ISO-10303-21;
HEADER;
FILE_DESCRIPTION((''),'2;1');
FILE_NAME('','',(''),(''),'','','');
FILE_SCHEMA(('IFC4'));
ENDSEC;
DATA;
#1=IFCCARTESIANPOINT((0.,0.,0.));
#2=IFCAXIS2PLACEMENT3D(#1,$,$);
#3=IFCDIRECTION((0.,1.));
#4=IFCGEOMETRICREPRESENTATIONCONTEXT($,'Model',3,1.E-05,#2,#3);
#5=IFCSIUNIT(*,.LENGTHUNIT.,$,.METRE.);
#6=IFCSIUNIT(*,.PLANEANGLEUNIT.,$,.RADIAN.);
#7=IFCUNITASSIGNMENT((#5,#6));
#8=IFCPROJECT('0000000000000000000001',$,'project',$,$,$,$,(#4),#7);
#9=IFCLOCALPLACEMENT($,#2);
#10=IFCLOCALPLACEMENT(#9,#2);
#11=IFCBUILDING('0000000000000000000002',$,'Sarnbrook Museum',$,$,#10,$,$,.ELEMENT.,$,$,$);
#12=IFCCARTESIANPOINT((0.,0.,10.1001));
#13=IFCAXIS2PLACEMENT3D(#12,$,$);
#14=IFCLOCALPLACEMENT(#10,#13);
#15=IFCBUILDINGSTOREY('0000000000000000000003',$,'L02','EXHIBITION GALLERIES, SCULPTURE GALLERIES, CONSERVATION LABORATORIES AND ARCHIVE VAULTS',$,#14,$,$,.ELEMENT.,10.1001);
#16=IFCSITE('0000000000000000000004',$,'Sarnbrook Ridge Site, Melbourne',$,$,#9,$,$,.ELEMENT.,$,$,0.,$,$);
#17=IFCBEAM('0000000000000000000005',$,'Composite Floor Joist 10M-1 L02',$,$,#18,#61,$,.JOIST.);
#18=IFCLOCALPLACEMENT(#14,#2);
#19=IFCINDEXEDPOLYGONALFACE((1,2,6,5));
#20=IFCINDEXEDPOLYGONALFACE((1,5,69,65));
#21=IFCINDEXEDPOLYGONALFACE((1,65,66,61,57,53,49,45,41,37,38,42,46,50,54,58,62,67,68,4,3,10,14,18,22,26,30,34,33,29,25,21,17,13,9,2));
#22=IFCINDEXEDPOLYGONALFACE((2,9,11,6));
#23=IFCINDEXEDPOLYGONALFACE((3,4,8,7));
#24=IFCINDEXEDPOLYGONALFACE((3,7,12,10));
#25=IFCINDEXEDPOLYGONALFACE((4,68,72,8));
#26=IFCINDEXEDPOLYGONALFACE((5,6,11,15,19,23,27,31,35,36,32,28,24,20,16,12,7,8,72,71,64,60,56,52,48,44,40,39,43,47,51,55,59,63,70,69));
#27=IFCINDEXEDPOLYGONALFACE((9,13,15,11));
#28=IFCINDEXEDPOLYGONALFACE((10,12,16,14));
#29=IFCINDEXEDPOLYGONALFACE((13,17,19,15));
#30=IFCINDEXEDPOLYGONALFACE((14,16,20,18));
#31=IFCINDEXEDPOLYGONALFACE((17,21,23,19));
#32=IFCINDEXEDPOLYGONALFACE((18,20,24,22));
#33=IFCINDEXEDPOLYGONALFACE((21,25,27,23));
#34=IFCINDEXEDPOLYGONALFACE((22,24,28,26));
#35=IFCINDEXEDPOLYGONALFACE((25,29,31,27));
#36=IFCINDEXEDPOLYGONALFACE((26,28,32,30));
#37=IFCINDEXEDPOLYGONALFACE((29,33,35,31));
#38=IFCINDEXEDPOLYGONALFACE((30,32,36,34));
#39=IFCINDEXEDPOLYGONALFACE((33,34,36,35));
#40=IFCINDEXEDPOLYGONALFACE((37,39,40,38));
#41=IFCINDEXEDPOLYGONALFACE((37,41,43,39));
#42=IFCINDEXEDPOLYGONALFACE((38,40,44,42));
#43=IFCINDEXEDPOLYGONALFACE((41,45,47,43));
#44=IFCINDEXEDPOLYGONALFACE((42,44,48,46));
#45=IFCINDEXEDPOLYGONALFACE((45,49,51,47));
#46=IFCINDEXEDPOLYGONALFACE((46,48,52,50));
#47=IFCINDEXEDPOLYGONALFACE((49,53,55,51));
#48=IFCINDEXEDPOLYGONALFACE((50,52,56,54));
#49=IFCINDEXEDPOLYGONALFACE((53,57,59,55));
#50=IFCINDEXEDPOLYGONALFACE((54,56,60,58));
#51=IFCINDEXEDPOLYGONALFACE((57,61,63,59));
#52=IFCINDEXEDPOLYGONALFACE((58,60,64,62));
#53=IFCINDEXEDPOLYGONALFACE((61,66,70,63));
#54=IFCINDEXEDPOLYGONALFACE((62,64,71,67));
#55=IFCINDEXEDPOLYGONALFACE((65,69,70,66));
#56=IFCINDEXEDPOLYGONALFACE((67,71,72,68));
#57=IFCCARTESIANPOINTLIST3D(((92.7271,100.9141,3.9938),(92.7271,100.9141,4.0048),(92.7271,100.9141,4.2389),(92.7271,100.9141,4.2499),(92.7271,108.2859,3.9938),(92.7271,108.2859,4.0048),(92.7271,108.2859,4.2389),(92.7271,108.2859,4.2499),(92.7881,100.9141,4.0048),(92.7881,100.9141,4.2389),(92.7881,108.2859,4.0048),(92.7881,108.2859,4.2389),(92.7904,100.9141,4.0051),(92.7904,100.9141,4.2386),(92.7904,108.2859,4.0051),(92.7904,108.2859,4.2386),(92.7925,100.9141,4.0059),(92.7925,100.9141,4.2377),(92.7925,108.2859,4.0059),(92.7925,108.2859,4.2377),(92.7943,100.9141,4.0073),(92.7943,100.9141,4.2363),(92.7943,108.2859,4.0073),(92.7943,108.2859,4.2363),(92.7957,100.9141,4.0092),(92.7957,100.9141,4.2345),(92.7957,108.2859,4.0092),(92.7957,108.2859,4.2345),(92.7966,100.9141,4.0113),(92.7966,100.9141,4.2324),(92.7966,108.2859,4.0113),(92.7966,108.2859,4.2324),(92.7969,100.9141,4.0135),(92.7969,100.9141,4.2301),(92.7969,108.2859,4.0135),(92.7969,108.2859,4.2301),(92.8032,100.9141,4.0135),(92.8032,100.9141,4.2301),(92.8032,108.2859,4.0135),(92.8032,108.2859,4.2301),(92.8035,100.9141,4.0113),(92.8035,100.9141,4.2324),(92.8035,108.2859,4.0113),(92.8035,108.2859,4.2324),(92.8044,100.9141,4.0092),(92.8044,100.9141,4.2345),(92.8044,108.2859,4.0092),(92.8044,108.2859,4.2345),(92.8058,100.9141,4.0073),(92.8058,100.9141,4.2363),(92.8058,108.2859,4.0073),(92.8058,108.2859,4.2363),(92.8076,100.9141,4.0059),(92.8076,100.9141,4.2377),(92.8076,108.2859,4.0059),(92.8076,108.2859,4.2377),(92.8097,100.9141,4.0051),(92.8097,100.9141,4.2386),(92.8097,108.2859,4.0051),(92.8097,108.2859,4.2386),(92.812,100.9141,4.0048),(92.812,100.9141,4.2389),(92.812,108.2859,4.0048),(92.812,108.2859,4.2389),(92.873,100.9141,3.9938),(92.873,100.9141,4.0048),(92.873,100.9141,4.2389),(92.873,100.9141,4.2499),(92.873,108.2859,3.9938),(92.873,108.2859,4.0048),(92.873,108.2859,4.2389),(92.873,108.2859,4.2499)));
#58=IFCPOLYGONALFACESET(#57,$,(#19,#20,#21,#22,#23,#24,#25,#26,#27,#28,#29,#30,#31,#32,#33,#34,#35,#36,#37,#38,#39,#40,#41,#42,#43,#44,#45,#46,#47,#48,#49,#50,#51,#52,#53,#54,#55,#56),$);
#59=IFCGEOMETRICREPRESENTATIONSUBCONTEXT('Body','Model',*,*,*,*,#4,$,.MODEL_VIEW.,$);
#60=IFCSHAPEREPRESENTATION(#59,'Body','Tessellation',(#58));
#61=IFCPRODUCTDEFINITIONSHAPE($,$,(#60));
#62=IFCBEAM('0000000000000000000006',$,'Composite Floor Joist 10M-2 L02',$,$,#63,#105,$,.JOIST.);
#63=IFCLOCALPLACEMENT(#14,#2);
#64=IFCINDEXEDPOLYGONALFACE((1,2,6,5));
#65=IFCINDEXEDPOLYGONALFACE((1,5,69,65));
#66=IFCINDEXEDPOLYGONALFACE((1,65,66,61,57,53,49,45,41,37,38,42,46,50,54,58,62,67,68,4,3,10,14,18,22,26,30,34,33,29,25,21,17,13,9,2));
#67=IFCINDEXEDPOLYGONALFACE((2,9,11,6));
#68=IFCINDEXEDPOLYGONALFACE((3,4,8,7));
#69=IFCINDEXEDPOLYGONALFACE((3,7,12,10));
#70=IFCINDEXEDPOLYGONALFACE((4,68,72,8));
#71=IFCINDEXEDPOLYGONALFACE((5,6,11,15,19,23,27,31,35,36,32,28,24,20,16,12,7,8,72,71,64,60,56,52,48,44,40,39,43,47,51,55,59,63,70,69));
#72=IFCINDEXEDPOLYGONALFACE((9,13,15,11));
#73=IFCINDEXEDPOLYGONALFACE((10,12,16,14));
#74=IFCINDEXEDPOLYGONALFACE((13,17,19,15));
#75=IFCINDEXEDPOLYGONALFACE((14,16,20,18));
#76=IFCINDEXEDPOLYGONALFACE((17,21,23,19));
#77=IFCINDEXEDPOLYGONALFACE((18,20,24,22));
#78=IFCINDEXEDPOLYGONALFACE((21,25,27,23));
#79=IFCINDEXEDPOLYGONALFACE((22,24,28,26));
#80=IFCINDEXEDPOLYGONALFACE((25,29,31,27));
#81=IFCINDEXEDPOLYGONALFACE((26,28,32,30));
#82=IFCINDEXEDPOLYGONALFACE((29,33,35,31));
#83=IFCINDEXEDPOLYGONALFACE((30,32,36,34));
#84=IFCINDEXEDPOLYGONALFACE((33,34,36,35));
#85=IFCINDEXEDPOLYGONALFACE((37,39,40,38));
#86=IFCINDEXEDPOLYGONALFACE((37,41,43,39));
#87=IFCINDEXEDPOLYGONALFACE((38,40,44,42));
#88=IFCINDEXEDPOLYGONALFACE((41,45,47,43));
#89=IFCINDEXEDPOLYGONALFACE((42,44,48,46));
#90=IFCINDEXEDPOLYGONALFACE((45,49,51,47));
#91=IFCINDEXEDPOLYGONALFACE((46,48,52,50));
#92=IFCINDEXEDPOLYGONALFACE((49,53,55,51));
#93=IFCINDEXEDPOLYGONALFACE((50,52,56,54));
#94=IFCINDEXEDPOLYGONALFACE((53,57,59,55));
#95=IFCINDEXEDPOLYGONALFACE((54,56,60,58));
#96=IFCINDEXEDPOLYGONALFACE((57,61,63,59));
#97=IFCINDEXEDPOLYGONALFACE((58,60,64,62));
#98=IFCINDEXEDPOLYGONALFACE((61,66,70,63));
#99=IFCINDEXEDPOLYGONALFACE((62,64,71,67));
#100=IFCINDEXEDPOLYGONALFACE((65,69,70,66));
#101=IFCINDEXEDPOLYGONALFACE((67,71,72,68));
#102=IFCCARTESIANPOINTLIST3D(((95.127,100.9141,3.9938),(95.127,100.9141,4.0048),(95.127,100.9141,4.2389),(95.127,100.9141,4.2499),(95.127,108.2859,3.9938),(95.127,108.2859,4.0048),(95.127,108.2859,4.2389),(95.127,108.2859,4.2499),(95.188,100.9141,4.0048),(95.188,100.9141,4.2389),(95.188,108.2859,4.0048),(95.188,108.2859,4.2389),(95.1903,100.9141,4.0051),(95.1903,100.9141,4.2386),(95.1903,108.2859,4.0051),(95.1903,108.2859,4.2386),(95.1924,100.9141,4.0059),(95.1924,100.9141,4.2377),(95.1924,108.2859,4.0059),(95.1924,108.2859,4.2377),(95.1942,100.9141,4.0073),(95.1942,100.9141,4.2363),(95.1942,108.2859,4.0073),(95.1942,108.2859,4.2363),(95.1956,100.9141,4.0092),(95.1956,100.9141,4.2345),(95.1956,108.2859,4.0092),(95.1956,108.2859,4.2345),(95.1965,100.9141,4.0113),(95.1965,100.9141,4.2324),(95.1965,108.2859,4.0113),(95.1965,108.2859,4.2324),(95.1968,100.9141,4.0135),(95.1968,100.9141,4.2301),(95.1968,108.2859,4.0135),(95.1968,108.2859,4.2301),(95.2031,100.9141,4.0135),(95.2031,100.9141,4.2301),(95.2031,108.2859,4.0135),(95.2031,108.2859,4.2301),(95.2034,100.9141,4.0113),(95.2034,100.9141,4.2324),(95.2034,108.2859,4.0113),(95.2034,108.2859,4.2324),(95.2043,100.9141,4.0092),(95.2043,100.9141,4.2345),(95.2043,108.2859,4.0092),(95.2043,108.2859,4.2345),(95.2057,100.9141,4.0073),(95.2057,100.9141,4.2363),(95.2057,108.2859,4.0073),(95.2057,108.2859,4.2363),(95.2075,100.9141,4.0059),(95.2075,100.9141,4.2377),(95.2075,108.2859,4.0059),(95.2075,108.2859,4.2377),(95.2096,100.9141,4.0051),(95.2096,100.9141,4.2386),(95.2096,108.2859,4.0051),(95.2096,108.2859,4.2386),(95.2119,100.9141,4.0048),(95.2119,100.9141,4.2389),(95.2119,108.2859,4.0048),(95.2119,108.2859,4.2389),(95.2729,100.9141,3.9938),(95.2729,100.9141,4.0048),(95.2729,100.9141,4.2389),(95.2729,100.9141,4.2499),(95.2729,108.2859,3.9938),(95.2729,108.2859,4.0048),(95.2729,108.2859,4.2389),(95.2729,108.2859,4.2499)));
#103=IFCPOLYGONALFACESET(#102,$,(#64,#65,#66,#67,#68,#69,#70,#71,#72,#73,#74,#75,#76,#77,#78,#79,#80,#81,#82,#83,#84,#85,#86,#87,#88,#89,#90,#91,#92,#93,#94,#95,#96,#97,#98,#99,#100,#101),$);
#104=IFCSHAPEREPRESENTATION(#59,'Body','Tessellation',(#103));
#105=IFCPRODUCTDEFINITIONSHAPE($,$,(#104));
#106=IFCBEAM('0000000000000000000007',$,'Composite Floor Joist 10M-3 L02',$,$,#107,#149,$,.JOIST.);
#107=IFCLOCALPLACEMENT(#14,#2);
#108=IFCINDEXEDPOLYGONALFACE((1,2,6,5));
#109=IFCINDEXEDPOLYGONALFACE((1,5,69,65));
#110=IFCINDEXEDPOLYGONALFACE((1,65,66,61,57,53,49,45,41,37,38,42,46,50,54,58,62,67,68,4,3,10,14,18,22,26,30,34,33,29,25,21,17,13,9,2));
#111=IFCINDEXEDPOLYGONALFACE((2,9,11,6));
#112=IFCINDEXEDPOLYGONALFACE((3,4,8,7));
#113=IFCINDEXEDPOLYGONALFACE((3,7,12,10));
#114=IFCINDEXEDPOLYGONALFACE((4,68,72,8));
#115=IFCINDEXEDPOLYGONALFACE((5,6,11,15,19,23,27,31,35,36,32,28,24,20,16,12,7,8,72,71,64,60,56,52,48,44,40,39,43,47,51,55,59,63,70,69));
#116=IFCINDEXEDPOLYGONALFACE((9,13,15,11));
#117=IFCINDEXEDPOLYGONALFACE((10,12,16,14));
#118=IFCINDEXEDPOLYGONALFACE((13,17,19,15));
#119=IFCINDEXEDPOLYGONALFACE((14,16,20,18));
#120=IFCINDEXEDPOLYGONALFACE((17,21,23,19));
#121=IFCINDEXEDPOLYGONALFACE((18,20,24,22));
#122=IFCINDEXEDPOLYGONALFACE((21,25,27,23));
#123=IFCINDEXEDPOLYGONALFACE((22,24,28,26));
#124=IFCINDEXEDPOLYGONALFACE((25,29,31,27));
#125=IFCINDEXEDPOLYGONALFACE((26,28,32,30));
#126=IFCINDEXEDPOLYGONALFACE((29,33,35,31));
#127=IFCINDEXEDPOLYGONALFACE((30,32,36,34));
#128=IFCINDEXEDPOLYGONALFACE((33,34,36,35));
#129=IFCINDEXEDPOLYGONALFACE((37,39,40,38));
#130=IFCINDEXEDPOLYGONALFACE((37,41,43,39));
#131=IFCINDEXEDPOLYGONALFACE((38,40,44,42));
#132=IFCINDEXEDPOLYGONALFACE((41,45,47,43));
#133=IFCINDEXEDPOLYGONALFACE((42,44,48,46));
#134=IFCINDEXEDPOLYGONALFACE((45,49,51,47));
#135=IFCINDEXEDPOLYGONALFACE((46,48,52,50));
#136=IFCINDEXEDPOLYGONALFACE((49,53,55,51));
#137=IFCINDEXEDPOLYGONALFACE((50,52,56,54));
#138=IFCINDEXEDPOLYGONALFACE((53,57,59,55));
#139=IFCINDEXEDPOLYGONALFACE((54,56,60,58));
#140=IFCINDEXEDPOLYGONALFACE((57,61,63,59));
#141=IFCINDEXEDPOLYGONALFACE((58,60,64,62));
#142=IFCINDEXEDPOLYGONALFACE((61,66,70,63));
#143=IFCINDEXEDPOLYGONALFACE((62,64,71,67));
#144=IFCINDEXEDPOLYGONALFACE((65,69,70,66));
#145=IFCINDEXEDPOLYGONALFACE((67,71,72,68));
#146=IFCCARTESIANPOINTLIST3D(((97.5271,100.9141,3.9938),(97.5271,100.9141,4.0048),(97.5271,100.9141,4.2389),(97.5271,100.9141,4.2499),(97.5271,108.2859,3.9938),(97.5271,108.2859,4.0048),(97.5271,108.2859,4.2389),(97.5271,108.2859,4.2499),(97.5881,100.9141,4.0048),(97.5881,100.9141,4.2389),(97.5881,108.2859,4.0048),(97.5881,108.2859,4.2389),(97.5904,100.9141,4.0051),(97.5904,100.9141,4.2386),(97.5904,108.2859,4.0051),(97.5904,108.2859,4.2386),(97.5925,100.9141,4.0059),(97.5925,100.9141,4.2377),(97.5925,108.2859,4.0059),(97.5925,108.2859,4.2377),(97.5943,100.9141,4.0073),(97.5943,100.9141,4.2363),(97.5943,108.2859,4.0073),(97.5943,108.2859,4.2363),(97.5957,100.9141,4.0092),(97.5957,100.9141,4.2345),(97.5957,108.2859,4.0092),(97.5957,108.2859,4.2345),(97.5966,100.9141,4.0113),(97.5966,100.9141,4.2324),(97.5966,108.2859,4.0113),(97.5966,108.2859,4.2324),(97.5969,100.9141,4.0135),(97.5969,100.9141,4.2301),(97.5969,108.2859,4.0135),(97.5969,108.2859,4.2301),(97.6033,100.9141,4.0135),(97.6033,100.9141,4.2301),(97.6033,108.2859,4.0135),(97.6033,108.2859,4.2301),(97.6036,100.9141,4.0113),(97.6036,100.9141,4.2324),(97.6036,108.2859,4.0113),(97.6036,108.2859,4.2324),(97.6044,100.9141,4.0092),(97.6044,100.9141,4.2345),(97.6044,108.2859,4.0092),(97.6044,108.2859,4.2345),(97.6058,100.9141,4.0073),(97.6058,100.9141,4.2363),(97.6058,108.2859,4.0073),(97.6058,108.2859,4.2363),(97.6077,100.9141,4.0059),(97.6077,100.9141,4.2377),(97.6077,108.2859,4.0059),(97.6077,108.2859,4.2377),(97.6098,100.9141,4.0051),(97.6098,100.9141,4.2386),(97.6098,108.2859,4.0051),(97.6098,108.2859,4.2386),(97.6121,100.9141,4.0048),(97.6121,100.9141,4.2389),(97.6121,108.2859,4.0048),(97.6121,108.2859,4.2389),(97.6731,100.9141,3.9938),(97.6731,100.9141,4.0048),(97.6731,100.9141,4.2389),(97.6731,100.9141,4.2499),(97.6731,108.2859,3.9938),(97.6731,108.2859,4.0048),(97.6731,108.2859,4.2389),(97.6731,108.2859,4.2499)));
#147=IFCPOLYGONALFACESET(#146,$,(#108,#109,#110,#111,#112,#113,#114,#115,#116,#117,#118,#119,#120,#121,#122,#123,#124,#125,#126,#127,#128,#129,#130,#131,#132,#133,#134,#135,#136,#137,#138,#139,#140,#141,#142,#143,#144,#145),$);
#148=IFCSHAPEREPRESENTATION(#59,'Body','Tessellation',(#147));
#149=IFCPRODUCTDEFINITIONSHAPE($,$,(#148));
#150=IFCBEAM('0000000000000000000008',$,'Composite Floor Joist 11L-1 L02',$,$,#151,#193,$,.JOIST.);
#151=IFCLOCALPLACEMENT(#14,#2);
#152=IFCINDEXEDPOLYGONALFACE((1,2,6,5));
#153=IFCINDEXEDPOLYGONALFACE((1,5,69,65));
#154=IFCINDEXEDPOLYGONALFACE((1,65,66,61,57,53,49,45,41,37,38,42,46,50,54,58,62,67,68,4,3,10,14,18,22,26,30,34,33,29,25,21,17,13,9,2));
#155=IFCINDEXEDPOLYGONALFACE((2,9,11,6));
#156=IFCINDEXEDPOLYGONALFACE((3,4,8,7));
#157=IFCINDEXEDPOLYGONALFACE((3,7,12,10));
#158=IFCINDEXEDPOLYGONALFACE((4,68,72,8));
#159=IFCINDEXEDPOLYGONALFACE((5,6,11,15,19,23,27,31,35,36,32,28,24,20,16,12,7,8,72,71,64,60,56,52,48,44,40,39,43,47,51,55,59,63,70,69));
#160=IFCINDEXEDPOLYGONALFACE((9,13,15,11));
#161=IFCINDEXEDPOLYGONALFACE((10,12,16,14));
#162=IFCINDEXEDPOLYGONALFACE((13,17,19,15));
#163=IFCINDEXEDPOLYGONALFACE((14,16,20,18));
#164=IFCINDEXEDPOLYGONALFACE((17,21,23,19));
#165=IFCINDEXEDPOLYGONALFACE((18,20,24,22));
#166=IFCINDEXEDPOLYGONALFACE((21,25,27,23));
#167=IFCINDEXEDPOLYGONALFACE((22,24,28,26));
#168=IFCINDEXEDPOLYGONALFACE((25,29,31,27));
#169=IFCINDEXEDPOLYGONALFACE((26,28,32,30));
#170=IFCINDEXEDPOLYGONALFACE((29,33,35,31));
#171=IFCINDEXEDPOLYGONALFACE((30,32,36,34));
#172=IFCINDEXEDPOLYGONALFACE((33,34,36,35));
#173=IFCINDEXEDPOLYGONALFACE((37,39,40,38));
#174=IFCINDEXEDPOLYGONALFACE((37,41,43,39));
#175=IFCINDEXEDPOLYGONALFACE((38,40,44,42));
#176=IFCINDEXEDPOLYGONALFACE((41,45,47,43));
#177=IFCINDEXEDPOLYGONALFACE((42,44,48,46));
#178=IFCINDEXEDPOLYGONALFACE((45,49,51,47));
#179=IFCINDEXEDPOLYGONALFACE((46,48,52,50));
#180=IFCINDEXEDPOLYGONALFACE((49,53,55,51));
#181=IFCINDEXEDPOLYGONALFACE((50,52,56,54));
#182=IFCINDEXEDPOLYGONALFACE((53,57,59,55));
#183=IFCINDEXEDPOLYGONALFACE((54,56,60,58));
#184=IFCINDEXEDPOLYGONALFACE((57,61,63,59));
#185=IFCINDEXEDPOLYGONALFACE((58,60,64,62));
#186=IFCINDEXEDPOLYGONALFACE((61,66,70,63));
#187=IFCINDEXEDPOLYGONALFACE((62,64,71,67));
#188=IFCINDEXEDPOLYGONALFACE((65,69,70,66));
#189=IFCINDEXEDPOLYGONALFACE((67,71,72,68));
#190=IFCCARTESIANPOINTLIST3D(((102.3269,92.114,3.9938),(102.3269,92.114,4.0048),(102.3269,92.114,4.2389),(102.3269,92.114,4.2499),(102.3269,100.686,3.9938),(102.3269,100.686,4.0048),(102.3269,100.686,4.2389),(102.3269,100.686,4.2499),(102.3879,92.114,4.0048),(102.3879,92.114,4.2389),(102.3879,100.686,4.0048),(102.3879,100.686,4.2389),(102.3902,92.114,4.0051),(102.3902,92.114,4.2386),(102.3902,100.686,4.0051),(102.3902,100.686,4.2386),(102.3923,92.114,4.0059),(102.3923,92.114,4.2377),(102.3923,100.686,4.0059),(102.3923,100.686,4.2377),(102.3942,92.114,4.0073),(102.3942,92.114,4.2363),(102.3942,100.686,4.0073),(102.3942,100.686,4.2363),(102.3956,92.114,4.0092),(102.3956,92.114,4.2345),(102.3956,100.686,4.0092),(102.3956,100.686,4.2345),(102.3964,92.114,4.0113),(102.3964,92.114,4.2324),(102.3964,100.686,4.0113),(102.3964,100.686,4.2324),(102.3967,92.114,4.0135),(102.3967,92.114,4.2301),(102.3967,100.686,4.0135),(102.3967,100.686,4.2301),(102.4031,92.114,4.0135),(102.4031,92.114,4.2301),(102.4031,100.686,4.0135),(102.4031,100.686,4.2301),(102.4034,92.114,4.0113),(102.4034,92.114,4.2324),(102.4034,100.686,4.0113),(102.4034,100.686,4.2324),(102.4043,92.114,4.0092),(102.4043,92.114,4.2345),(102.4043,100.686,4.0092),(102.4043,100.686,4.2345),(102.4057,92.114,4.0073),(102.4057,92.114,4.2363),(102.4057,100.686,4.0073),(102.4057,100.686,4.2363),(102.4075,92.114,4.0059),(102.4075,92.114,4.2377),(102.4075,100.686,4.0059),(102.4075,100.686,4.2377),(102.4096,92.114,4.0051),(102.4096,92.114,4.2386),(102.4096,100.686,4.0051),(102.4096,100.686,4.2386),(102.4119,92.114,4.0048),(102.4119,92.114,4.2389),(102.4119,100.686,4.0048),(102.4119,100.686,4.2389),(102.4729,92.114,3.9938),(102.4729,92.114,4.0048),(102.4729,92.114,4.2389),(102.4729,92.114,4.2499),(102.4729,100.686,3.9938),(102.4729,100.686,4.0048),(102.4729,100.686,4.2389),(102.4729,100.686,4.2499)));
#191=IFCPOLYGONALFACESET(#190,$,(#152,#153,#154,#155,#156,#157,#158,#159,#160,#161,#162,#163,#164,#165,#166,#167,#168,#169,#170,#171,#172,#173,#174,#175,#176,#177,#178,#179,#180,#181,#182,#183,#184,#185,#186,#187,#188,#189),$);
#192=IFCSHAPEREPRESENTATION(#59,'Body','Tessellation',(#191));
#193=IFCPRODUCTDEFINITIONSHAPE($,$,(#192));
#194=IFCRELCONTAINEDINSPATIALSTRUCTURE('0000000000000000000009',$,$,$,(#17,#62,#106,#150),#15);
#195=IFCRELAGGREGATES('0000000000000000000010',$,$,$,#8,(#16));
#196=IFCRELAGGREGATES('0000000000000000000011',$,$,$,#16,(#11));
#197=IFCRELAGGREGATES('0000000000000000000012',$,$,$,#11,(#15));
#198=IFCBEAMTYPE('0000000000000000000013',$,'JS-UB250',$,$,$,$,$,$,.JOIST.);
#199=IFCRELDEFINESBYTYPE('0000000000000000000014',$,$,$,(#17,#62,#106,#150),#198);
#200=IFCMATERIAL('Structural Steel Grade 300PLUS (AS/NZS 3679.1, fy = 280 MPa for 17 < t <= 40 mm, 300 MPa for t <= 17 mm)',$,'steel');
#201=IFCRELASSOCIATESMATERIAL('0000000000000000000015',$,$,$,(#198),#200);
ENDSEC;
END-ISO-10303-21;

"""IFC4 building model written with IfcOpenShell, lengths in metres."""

from ifc_helpers import new_model, si_unit, direction, frame, origin, origin_2d, place, context, subcontext, project, spatial, i_section, extrude, material, material_profile, profile_set, type_object, element, save


model = new_model("IFC4")

# Units and contexts
model_context = context("Model", 3, precision=1e-05, world=origin(), true_north=direction((0.0, 1.0)))
body_context = subcontext(model_context, "Body", "Model", "MODEL_VIEW")
ifc_project = project(units=[si_unit("LENGTHUNIT", "METRE"), si_unit("PLANEANGLEUNIT", "RADIAN")], contexts=[model_context])

# Site, building, storey
site_placement = place(None, origin())
site = spatial("IfcSite", under=ifc_project, at=site_placement, Name="Sarnbrook Ridge Site, Melbourne", CompositionType="ELEMENT", RefElevation=0.0)
building_placement = place(site_placement, origin())
building = spatial("IfcBuilding", under=site, at=building_placement, Name="Sarnbrook Museum", CompositionType="ELEMENT")
storey_placement = place(building_placement, frame((0.0, 0.0, 10.1001)))
storey = spatial("IfcBuildingStorey", under=building, at=storey_placement, Name="L02", Description="EXHIBITION GALLERIES, SCULPTURE GALLERIES, CONSERVATION LABORATORIES AND ARCHIVE VAULTS", CompositionType="ELEMENT", Elevation=10.1001)

# Beams
ifc_material_1 = material(Name="Structural Steel Grade 300PLUS (AS/NZS 3679.1, fy = 280 MPa for 17 < t <= 40 mm, 300 MPa for t <= 17 mm)", Category="steel")
ifc_material_profile_1 = material_profile(ifc_material_1, i_section(OverallWidth=0.146, OverallDepth=0.2561, WebThickness=0.0063, FlangeThickness=0.011, FilletRadius=0.0088, at=origin_2d()), Name="250UB37.3")
ifc_profile_set_1 = profile_set([ifc_material_profile_1], Name="Structural Steel Grade 300PLUS (AS/NZS 3679.1, fy = 280 MPa for 17 < t <= 40 mm, 300 MPa for t <= 17 mm)")
beam_type_1 = type_object("IfcBeamType", Name="JS-UB250", PredefinedType="JOIST", material=ifc_profile_set_1)
for number, where, z_axis, x_axis, name in (
    (1, (92.8, 100.9141, 4.1218), (0.0, 1.0, 0.0), (-1.0, 0.0, 0.0), "Composite Floor Joist 10M-1 L02"),
    (2, (95.2, 100.9141, 4.1218), (0.0, 1.0, 0.0), (-1.0, 0.0, 0.0), "Composite Floor Joist 10M-2 L02"),
    (3, (97.6001, 100.9141, 4.1218), (0.0, 1.0, 0.0), (-1.0, 0.0, 0.0), "Composite Floor Joist 10M-3 L02"),
):
    element("IfcBeam", number, at=place(storey_placement, frame(where, z_axis=z_axis, x_axis=x_axis)), inside=storey, type_object=beam_type_1, Name=name, PredefinedType="JOIST", context=body_context, shape_type="SweptSolid", body=[
        extrude(i_section(OverallWidth=0.146, OverallDepth=0.2561, WebThickness=0.0063, FlangeThickness=0.011, FilletRadius=0.0088, at=origin_2d()), origin(), (0.0, 0.0, 1.0), 7.3718),
    ])
for number, where, z_axis, x_axis, name in (
    (4, (102.3999, 92.114, 4.1218), (0.0, 1.0, 0.0), (-1.0, 0.0, 0.0), "Composite Floor Joist 11L-1 L02"),
):
    element("IfcBeam", number, at=place(storey_placement, frame(where, z_axis=z_axis, x_axis=x_axis)), inside=storey, type_object=beam_type_1, Name=name, PredefinedType="JOIST", context=body_context, shape_type="SweptSolid", body=[
        extrude(i_section(OverallWidth=0.146, OverallDepth=0.2561, WebThickness=0.0063, FlangeThickness=0.011, FilletRadius=0.0088, at=origin_2d()), origin(), (0.0, 0.0, 1.0), 8.572),
    ])

save(model, "model.ifc")
